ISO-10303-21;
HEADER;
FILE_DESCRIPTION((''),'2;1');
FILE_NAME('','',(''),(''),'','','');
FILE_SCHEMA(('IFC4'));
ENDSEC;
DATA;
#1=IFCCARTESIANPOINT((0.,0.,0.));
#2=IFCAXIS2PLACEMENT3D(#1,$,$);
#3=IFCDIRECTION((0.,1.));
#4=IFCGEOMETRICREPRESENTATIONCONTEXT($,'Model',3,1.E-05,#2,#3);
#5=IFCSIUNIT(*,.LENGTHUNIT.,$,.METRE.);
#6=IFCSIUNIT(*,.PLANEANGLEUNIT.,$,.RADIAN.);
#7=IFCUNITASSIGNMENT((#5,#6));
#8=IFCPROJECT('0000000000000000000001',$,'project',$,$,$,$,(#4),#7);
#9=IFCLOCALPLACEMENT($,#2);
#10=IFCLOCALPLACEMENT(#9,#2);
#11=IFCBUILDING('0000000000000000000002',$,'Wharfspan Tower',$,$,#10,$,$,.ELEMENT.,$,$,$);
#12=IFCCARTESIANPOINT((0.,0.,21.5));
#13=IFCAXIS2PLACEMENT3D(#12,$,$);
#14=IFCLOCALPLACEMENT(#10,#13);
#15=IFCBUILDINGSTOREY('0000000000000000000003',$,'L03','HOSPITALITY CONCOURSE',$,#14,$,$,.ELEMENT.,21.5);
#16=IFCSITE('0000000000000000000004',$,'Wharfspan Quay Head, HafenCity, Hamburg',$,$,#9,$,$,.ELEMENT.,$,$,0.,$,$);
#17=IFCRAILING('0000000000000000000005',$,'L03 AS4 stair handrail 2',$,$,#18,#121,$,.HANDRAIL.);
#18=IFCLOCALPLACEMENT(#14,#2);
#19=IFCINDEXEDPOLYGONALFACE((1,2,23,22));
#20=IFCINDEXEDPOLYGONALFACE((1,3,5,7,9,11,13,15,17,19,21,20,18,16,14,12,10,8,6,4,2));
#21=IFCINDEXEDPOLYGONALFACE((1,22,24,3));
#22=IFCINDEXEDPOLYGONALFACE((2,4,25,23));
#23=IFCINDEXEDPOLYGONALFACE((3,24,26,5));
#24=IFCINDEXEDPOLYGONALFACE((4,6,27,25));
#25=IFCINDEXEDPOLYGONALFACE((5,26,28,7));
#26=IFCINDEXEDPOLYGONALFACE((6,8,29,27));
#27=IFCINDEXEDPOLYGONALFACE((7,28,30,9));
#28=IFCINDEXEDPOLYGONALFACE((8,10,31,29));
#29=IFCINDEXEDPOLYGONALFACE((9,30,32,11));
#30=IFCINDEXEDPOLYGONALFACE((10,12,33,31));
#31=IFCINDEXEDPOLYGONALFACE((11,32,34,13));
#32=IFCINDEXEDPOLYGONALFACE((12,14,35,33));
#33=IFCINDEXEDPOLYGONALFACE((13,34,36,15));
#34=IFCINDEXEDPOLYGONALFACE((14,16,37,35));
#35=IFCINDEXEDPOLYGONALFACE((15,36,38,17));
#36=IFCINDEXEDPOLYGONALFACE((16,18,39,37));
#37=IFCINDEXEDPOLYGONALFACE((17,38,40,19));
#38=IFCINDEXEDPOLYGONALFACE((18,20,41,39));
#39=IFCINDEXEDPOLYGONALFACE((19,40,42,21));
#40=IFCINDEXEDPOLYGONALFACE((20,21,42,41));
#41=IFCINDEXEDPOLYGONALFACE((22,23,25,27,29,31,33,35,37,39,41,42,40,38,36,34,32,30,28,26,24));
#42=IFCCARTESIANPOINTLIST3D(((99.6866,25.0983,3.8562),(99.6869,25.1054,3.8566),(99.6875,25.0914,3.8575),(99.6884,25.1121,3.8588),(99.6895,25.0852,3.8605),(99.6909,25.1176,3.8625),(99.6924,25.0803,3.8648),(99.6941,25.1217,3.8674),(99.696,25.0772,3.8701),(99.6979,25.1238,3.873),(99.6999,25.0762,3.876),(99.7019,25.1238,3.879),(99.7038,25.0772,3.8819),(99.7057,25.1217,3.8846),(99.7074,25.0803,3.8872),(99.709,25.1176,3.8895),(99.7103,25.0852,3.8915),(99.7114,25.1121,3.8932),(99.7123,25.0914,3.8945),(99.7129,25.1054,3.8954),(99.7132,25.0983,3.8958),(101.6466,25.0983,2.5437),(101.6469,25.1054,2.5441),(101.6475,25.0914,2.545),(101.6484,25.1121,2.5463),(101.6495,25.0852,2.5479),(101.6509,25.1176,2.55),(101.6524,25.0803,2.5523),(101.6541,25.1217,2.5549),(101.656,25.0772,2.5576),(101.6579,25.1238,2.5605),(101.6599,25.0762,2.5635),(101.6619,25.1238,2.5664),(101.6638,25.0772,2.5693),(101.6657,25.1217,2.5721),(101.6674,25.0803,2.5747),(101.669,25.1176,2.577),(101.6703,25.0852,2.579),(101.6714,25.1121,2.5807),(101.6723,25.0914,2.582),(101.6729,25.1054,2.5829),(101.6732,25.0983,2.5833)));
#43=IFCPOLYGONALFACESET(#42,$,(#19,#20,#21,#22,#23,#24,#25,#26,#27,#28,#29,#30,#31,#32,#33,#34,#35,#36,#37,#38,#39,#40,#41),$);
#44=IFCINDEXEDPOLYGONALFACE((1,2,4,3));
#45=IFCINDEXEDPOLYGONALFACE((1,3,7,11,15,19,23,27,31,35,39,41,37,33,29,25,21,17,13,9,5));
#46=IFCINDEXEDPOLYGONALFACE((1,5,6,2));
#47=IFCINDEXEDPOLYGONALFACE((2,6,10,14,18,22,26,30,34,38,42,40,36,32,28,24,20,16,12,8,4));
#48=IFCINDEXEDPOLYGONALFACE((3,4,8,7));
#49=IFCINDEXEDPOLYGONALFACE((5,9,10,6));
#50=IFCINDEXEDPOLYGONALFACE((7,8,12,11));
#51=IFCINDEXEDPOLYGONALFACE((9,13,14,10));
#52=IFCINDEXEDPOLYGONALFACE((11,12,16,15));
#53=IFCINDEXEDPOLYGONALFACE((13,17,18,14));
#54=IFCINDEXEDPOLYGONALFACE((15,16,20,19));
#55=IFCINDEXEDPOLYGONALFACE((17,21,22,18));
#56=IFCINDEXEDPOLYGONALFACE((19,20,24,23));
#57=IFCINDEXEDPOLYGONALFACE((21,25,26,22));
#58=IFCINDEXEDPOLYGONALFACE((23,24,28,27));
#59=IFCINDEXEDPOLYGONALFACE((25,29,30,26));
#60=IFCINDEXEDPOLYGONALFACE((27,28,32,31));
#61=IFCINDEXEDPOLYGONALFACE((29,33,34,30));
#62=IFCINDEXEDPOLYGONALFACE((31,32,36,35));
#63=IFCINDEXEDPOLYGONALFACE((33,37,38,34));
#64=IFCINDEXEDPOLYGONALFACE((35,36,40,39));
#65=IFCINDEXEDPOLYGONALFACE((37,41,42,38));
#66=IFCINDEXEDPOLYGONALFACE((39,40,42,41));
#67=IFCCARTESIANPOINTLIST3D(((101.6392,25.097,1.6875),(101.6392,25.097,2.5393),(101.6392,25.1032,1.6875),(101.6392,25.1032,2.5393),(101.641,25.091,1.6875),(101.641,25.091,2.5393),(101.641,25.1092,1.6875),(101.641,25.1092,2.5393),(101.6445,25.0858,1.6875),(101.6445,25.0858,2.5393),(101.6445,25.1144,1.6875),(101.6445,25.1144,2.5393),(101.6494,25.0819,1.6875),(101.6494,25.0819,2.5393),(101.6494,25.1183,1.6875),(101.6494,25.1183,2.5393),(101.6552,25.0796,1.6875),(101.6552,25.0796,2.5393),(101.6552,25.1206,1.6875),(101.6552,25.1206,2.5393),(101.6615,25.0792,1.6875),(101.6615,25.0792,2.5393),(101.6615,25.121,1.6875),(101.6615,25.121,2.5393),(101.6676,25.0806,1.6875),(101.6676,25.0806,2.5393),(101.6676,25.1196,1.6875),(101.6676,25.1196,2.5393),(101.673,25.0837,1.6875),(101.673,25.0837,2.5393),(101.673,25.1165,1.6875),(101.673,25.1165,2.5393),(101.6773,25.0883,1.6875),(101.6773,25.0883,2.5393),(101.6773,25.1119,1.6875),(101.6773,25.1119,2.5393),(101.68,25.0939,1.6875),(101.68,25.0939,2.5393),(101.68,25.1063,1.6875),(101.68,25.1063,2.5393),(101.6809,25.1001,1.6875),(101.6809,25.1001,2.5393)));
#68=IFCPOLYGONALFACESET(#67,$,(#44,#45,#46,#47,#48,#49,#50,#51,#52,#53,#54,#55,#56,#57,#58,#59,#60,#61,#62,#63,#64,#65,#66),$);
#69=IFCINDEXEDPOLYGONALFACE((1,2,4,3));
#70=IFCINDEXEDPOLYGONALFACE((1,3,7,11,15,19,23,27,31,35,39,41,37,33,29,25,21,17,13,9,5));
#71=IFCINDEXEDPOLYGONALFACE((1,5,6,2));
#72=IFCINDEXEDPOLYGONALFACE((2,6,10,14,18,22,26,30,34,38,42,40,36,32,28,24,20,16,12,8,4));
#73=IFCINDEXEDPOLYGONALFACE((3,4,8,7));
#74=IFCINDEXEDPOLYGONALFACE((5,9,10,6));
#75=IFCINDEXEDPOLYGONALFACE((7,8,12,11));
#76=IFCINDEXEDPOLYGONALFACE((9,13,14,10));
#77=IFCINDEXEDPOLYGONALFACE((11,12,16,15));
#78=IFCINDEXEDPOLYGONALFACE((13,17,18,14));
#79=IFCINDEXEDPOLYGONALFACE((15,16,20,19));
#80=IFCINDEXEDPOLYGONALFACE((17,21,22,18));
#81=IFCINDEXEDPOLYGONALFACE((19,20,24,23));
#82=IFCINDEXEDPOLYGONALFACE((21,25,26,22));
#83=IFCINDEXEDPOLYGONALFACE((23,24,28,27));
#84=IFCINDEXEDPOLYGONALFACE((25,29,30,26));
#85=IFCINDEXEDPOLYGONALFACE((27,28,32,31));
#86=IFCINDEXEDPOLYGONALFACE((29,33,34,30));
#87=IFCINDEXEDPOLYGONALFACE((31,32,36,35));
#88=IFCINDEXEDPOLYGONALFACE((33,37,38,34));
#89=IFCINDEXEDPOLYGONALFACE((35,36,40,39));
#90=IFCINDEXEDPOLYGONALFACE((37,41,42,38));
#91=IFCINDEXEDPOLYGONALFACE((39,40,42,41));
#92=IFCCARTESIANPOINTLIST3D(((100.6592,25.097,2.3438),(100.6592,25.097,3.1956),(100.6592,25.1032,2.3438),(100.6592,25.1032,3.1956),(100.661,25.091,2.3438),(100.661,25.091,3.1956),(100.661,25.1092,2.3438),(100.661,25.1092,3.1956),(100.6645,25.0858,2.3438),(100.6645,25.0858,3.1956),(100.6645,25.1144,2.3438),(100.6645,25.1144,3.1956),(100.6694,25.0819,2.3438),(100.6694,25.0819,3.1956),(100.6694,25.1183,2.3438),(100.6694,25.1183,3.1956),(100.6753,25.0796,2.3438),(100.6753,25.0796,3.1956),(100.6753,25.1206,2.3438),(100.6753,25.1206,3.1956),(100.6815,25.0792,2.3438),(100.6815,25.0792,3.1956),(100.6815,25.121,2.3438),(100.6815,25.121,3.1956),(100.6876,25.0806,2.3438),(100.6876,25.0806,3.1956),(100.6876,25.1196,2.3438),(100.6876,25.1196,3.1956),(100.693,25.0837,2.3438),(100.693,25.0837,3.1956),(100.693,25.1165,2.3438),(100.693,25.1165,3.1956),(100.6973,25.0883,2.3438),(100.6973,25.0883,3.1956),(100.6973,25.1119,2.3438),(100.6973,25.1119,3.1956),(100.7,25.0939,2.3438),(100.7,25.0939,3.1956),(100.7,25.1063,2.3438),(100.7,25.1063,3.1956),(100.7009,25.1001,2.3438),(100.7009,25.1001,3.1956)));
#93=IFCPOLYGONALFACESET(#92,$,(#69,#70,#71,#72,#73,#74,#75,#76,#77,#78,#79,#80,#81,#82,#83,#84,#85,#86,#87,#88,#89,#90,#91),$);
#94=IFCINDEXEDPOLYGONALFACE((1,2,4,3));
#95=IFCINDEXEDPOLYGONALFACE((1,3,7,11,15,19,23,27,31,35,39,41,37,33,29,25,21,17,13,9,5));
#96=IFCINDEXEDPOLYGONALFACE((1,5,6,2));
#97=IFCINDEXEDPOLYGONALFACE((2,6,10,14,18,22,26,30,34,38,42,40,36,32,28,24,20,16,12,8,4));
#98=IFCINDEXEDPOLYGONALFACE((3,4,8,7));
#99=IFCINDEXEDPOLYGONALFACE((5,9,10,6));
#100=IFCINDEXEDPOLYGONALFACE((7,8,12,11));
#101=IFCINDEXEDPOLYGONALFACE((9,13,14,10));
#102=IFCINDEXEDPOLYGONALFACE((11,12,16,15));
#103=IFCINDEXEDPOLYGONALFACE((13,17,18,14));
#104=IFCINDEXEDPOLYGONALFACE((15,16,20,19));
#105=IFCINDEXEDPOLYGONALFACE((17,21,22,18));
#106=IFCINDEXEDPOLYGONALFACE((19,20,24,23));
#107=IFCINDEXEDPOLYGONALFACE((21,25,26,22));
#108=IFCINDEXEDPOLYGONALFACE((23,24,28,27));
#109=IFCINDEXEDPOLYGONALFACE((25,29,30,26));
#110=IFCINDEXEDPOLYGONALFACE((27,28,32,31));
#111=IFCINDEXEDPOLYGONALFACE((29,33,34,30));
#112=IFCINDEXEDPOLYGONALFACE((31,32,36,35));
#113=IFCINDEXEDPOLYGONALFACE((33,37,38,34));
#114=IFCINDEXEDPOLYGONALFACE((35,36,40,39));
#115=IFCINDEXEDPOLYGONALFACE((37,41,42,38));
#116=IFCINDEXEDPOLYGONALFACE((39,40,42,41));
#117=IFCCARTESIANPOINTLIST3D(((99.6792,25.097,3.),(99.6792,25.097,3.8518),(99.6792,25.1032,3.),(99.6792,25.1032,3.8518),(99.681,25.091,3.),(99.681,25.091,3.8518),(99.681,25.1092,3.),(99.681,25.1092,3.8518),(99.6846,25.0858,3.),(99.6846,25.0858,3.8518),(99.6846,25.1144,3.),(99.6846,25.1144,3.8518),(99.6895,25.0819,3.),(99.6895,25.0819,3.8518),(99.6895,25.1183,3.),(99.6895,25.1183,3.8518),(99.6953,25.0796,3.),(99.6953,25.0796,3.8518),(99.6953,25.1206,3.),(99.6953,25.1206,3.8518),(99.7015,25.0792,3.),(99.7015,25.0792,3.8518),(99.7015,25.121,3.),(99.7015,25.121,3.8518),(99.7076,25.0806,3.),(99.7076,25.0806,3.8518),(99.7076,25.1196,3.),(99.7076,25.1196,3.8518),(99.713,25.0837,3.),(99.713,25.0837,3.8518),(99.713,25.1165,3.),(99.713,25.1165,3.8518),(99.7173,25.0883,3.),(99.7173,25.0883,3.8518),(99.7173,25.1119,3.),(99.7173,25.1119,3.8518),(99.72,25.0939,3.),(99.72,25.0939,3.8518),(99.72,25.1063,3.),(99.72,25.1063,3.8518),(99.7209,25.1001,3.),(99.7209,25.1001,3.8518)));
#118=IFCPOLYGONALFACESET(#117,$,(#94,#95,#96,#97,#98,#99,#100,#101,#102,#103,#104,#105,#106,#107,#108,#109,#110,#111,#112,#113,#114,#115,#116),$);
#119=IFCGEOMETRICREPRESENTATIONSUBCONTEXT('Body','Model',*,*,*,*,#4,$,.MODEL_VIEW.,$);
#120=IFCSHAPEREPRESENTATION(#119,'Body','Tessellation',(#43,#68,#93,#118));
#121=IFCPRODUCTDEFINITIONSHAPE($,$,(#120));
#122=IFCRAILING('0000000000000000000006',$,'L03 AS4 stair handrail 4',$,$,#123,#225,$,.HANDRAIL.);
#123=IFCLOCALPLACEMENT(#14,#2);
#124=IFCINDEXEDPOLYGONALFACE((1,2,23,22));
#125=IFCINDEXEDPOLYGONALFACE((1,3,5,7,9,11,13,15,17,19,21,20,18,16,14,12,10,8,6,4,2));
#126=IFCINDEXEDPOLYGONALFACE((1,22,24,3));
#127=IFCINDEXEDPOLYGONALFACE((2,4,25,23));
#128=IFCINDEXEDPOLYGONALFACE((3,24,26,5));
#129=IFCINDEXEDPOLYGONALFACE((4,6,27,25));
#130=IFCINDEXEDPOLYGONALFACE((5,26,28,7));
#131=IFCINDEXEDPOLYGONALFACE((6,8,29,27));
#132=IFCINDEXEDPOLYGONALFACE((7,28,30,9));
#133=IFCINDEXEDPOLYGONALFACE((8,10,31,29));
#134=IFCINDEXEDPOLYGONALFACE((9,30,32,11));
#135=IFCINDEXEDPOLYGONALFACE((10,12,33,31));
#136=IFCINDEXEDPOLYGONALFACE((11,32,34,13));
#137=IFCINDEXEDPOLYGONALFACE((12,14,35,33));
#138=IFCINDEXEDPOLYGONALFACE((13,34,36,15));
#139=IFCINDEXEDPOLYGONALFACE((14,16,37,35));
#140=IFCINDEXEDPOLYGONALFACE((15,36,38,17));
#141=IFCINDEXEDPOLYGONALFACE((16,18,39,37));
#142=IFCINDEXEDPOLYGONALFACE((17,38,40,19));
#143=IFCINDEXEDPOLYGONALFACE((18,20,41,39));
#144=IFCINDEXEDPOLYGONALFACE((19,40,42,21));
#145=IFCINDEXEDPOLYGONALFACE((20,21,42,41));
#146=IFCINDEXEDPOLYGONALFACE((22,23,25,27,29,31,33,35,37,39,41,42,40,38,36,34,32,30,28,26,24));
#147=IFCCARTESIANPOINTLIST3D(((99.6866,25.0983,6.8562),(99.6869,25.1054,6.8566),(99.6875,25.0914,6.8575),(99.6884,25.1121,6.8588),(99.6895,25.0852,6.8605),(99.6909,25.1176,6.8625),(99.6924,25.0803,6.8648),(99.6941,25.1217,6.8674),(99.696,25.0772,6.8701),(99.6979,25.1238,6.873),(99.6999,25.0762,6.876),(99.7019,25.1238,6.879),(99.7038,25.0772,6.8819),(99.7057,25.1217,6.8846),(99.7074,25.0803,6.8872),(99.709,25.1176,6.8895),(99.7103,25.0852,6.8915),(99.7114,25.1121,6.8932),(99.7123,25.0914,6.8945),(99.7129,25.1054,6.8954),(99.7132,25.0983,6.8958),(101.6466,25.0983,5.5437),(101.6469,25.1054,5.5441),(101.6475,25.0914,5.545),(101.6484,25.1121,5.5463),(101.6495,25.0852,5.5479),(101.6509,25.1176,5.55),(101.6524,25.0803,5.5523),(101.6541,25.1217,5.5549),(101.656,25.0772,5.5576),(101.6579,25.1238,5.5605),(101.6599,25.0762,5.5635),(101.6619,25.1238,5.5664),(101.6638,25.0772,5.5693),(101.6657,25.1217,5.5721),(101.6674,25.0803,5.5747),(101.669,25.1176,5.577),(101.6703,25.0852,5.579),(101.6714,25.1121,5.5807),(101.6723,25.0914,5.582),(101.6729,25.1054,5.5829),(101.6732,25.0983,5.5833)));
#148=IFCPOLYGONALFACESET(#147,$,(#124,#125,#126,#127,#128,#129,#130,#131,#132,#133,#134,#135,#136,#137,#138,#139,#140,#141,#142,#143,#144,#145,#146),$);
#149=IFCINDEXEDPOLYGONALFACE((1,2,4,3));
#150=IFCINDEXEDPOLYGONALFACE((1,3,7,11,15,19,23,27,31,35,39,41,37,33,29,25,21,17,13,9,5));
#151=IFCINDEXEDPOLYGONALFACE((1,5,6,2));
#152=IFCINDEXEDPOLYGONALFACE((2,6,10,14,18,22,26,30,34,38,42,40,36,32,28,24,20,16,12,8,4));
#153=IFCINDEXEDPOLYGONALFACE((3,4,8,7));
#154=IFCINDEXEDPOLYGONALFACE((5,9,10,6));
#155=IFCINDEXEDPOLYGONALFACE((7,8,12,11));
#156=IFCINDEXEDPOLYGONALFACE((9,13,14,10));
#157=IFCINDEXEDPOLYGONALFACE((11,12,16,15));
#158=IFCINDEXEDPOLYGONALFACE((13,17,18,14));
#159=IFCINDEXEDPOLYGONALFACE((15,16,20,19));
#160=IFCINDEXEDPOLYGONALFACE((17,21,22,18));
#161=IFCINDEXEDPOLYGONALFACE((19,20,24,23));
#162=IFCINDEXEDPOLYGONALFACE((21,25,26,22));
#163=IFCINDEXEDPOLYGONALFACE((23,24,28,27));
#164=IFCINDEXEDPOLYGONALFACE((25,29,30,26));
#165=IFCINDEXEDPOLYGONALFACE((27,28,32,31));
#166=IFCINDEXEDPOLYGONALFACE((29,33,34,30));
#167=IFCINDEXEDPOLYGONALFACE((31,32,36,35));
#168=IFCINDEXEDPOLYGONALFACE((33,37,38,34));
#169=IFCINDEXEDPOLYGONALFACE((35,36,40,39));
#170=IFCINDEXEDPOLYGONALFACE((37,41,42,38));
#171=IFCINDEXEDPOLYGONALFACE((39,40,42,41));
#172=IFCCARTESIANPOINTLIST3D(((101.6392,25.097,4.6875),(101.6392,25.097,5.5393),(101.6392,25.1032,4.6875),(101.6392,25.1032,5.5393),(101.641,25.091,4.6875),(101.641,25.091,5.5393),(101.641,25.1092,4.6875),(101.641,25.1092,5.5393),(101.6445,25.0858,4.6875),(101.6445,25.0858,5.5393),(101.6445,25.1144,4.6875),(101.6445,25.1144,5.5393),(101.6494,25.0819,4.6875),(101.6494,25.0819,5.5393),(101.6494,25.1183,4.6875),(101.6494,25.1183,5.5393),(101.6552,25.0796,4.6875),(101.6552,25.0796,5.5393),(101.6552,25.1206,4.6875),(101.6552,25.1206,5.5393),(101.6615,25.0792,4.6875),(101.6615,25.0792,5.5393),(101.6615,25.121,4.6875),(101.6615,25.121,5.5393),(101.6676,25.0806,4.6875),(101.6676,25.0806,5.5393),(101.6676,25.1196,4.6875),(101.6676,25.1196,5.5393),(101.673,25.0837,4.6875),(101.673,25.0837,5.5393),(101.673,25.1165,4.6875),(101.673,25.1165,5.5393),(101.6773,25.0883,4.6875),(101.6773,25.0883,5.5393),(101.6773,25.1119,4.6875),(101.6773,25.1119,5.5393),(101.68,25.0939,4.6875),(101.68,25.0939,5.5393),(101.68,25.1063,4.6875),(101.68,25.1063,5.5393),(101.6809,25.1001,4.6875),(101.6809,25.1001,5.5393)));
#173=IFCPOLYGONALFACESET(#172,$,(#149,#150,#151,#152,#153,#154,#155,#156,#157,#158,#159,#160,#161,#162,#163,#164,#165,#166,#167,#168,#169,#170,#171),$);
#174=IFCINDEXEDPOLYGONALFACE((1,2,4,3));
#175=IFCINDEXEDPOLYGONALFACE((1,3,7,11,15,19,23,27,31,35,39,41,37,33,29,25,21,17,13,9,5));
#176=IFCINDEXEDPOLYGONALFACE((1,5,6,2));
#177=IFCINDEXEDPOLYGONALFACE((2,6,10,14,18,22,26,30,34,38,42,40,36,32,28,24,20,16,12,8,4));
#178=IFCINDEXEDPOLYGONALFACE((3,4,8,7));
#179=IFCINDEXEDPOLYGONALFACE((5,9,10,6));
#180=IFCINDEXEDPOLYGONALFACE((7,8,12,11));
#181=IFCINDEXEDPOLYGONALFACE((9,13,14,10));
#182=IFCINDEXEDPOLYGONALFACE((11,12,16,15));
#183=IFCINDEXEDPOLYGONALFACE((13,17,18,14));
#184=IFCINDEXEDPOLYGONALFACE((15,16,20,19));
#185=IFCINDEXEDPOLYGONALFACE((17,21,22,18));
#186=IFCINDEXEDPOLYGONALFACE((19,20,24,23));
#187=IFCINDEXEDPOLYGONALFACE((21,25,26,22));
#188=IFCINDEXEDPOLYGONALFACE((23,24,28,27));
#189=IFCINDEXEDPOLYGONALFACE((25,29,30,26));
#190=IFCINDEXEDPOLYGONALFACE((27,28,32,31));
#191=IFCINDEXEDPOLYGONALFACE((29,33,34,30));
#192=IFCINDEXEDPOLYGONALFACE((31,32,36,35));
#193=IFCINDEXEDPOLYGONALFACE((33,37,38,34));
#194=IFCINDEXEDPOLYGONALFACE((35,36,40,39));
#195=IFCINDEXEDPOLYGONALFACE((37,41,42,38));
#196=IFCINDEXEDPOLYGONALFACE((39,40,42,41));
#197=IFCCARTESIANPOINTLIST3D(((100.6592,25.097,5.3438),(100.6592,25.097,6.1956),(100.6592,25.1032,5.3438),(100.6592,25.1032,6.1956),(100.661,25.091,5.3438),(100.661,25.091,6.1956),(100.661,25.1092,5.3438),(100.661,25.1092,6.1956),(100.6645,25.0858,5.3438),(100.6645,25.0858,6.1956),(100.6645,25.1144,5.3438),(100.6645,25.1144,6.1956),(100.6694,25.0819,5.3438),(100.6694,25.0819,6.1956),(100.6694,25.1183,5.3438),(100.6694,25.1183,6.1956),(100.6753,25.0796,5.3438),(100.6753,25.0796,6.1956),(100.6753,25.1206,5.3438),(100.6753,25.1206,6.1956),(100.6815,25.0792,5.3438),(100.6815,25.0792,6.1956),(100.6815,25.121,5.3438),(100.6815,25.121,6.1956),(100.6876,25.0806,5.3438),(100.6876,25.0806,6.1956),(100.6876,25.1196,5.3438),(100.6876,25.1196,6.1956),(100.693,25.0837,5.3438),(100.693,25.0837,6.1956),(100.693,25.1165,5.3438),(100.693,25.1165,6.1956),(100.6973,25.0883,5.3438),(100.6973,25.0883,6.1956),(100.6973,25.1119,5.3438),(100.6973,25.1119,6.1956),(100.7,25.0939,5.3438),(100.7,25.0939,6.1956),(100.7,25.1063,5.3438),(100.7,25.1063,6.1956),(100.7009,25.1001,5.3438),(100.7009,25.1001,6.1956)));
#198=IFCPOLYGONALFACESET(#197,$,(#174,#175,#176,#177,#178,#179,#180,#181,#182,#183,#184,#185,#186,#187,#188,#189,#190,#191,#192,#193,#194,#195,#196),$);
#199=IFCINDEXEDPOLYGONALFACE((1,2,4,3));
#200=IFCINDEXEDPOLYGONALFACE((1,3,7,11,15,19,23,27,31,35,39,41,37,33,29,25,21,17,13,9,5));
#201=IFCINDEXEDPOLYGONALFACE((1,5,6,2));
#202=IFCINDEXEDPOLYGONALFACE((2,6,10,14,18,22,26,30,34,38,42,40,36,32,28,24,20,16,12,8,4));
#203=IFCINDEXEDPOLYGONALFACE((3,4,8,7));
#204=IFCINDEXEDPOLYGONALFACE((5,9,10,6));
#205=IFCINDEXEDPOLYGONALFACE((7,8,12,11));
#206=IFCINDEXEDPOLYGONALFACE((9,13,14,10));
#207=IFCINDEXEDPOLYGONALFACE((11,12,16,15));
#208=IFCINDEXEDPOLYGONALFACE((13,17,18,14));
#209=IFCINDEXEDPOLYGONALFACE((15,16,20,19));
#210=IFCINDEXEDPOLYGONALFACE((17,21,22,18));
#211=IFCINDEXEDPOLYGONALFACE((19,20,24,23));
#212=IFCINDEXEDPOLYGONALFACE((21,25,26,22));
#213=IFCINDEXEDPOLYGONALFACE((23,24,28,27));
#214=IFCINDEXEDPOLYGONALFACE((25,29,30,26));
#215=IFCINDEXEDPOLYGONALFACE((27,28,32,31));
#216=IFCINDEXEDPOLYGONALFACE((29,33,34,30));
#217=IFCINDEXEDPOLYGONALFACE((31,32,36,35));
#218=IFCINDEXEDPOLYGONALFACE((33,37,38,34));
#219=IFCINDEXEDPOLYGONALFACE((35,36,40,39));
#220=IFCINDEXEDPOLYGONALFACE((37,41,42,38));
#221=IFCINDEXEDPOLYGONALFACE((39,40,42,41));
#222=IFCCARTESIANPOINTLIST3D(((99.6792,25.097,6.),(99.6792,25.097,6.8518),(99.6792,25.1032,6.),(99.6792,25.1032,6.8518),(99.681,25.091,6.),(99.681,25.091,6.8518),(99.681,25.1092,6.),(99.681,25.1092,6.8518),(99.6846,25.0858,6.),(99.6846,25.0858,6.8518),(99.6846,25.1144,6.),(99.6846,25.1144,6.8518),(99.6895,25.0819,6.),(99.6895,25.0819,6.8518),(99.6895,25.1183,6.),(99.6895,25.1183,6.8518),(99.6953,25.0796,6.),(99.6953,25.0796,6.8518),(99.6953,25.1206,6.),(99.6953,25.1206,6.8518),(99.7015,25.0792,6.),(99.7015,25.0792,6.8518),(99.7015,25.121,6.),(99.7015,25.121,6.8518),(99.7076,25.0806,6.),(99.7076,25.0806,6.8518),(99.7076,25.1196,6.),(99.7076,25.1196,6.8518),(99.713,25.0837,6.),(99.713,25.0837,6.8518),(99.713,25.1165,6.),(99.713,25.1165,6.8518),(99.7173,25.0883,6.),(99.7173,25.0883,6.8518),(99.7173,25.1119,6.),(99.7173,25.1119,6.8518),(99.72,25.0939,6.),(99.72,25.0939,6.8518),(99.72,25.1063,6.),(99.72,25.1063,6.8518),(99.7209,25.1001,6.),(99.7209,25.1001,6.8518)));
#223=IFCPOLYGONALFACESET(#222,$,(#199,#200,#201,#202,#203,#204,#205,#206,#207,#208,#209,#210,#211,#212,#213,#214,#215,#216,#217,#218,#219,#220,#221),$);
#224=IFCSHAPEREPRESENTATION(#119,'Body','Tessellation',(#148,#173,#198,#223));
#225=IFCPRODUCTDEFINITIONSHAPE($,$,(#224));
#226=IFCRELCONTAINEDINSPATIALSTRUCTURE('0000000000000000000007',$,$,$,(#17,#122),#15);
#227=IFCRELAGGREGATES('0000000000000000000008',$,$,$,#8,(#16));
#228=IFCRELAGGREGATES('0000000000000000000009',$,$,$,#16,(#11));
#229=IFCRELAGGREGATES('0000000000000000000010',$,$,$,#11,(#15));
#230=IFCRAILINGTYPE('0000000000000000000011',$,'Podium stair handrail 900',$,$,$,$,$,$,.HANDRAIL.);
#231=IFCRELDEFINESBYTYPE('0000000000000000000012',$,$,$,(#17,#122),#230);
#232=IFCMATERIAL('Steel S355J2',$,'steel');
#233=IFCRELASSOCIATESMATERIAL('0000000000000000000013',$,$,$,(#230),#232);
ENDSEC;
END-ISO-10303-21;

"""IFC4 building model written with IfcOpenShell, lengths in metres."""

from ifc_helpers import new_model, si_unit, direction, frame, origin, origin_2d, place, context, subcontext, project, spatial, circle, extrude, material, type_object, element, save


model = new_model("IFC4")

# Units and contexts
model_context = context("Model", 3, precision=1e-05, world=origin(), true_north=direction((0.0, 1.0)))
body_context = subcontext(model_context, "Body", "Model", "MODEL_VIEW")
ifc_project = project(units=[si_unit("LENGTHUNIT", "METRE"), si_unit("PLANEANGLEUNIT", "RADIAN")], contexts=[model_context])

# Site, building, storey
site_placement = place(None, origin())
site = spatial("IfcSite", under=ifc_project, at=site_placement, Name="Wharfspan Quay Head, HafenCity, Hamburg", CompositionType="ELEMENT", RefElevation=0.0)
building_placement = place(site_placement, origin())
building = spatial("IfcBuilding", under=site, at=building_placement, Name="Wharfspan Tower", CompositionType="ELEMENT")
storey_placement = place(building_placement, frame((0.0, 0.0, 21.5)))
storey = spatial("IfcBuildingStorey", under=building, at=storey_placement, Name="L03", Description="HOSPITALITY CONCOURSE", CompositionType="ELEMENT", Elevation=21.5)

# Railings
ifc_material_1 = material(Name="Steel S355J2", Category="steel")
railing_type_1 = type_object("IfcRailingType", Name="Podium stair handrail 900", PredefinedType="HANDRAIL", material=ifc_material_1)
for number, where, name in (
    (1, (101.6599, 25.1001, 1.6875), "L03 AS4 stair handrail 2"),
    (2, (101.6599, 25.1001, 4.6875), "L03 AS4 stair handrail 4"),
):
    element("IfcRailing", number, at=place(storey_placement, frame(where)), inside=storey, type_object=railing_type_1, Name=name, PredefinedType="HANDRAIL", context=body_context, shape_type="SweptSolid", body=[
        extrude(circle(Radius=0.0239, at=origin_2d()), frame((0.0, 0.0, 0.876), z_axis=(-0.830902, 0.0, 0.556419), x_axis=(0.0, -1.0, 0.0)), (0.0, 0.0, 1.0), 2.3589),
        extrude(circle(Radius=0.021, at=origin_2d()), origin(), (0.0, 0.0, 1.0), 0.8518),
        extrude(circle(Radius=0.021, at=origin_2d()), frame((-0.98, 0.0, 0.6562)), (0.0, 0.0, 1.0), 0.8518),
        extrude(circle(Radius=0.021, at=origin_2d()), frame((-1.96, 0.0, 1.3125)), (0.0, 0.0, 1.0), 0.8518),
    ])

save(model, "model.ifc")
